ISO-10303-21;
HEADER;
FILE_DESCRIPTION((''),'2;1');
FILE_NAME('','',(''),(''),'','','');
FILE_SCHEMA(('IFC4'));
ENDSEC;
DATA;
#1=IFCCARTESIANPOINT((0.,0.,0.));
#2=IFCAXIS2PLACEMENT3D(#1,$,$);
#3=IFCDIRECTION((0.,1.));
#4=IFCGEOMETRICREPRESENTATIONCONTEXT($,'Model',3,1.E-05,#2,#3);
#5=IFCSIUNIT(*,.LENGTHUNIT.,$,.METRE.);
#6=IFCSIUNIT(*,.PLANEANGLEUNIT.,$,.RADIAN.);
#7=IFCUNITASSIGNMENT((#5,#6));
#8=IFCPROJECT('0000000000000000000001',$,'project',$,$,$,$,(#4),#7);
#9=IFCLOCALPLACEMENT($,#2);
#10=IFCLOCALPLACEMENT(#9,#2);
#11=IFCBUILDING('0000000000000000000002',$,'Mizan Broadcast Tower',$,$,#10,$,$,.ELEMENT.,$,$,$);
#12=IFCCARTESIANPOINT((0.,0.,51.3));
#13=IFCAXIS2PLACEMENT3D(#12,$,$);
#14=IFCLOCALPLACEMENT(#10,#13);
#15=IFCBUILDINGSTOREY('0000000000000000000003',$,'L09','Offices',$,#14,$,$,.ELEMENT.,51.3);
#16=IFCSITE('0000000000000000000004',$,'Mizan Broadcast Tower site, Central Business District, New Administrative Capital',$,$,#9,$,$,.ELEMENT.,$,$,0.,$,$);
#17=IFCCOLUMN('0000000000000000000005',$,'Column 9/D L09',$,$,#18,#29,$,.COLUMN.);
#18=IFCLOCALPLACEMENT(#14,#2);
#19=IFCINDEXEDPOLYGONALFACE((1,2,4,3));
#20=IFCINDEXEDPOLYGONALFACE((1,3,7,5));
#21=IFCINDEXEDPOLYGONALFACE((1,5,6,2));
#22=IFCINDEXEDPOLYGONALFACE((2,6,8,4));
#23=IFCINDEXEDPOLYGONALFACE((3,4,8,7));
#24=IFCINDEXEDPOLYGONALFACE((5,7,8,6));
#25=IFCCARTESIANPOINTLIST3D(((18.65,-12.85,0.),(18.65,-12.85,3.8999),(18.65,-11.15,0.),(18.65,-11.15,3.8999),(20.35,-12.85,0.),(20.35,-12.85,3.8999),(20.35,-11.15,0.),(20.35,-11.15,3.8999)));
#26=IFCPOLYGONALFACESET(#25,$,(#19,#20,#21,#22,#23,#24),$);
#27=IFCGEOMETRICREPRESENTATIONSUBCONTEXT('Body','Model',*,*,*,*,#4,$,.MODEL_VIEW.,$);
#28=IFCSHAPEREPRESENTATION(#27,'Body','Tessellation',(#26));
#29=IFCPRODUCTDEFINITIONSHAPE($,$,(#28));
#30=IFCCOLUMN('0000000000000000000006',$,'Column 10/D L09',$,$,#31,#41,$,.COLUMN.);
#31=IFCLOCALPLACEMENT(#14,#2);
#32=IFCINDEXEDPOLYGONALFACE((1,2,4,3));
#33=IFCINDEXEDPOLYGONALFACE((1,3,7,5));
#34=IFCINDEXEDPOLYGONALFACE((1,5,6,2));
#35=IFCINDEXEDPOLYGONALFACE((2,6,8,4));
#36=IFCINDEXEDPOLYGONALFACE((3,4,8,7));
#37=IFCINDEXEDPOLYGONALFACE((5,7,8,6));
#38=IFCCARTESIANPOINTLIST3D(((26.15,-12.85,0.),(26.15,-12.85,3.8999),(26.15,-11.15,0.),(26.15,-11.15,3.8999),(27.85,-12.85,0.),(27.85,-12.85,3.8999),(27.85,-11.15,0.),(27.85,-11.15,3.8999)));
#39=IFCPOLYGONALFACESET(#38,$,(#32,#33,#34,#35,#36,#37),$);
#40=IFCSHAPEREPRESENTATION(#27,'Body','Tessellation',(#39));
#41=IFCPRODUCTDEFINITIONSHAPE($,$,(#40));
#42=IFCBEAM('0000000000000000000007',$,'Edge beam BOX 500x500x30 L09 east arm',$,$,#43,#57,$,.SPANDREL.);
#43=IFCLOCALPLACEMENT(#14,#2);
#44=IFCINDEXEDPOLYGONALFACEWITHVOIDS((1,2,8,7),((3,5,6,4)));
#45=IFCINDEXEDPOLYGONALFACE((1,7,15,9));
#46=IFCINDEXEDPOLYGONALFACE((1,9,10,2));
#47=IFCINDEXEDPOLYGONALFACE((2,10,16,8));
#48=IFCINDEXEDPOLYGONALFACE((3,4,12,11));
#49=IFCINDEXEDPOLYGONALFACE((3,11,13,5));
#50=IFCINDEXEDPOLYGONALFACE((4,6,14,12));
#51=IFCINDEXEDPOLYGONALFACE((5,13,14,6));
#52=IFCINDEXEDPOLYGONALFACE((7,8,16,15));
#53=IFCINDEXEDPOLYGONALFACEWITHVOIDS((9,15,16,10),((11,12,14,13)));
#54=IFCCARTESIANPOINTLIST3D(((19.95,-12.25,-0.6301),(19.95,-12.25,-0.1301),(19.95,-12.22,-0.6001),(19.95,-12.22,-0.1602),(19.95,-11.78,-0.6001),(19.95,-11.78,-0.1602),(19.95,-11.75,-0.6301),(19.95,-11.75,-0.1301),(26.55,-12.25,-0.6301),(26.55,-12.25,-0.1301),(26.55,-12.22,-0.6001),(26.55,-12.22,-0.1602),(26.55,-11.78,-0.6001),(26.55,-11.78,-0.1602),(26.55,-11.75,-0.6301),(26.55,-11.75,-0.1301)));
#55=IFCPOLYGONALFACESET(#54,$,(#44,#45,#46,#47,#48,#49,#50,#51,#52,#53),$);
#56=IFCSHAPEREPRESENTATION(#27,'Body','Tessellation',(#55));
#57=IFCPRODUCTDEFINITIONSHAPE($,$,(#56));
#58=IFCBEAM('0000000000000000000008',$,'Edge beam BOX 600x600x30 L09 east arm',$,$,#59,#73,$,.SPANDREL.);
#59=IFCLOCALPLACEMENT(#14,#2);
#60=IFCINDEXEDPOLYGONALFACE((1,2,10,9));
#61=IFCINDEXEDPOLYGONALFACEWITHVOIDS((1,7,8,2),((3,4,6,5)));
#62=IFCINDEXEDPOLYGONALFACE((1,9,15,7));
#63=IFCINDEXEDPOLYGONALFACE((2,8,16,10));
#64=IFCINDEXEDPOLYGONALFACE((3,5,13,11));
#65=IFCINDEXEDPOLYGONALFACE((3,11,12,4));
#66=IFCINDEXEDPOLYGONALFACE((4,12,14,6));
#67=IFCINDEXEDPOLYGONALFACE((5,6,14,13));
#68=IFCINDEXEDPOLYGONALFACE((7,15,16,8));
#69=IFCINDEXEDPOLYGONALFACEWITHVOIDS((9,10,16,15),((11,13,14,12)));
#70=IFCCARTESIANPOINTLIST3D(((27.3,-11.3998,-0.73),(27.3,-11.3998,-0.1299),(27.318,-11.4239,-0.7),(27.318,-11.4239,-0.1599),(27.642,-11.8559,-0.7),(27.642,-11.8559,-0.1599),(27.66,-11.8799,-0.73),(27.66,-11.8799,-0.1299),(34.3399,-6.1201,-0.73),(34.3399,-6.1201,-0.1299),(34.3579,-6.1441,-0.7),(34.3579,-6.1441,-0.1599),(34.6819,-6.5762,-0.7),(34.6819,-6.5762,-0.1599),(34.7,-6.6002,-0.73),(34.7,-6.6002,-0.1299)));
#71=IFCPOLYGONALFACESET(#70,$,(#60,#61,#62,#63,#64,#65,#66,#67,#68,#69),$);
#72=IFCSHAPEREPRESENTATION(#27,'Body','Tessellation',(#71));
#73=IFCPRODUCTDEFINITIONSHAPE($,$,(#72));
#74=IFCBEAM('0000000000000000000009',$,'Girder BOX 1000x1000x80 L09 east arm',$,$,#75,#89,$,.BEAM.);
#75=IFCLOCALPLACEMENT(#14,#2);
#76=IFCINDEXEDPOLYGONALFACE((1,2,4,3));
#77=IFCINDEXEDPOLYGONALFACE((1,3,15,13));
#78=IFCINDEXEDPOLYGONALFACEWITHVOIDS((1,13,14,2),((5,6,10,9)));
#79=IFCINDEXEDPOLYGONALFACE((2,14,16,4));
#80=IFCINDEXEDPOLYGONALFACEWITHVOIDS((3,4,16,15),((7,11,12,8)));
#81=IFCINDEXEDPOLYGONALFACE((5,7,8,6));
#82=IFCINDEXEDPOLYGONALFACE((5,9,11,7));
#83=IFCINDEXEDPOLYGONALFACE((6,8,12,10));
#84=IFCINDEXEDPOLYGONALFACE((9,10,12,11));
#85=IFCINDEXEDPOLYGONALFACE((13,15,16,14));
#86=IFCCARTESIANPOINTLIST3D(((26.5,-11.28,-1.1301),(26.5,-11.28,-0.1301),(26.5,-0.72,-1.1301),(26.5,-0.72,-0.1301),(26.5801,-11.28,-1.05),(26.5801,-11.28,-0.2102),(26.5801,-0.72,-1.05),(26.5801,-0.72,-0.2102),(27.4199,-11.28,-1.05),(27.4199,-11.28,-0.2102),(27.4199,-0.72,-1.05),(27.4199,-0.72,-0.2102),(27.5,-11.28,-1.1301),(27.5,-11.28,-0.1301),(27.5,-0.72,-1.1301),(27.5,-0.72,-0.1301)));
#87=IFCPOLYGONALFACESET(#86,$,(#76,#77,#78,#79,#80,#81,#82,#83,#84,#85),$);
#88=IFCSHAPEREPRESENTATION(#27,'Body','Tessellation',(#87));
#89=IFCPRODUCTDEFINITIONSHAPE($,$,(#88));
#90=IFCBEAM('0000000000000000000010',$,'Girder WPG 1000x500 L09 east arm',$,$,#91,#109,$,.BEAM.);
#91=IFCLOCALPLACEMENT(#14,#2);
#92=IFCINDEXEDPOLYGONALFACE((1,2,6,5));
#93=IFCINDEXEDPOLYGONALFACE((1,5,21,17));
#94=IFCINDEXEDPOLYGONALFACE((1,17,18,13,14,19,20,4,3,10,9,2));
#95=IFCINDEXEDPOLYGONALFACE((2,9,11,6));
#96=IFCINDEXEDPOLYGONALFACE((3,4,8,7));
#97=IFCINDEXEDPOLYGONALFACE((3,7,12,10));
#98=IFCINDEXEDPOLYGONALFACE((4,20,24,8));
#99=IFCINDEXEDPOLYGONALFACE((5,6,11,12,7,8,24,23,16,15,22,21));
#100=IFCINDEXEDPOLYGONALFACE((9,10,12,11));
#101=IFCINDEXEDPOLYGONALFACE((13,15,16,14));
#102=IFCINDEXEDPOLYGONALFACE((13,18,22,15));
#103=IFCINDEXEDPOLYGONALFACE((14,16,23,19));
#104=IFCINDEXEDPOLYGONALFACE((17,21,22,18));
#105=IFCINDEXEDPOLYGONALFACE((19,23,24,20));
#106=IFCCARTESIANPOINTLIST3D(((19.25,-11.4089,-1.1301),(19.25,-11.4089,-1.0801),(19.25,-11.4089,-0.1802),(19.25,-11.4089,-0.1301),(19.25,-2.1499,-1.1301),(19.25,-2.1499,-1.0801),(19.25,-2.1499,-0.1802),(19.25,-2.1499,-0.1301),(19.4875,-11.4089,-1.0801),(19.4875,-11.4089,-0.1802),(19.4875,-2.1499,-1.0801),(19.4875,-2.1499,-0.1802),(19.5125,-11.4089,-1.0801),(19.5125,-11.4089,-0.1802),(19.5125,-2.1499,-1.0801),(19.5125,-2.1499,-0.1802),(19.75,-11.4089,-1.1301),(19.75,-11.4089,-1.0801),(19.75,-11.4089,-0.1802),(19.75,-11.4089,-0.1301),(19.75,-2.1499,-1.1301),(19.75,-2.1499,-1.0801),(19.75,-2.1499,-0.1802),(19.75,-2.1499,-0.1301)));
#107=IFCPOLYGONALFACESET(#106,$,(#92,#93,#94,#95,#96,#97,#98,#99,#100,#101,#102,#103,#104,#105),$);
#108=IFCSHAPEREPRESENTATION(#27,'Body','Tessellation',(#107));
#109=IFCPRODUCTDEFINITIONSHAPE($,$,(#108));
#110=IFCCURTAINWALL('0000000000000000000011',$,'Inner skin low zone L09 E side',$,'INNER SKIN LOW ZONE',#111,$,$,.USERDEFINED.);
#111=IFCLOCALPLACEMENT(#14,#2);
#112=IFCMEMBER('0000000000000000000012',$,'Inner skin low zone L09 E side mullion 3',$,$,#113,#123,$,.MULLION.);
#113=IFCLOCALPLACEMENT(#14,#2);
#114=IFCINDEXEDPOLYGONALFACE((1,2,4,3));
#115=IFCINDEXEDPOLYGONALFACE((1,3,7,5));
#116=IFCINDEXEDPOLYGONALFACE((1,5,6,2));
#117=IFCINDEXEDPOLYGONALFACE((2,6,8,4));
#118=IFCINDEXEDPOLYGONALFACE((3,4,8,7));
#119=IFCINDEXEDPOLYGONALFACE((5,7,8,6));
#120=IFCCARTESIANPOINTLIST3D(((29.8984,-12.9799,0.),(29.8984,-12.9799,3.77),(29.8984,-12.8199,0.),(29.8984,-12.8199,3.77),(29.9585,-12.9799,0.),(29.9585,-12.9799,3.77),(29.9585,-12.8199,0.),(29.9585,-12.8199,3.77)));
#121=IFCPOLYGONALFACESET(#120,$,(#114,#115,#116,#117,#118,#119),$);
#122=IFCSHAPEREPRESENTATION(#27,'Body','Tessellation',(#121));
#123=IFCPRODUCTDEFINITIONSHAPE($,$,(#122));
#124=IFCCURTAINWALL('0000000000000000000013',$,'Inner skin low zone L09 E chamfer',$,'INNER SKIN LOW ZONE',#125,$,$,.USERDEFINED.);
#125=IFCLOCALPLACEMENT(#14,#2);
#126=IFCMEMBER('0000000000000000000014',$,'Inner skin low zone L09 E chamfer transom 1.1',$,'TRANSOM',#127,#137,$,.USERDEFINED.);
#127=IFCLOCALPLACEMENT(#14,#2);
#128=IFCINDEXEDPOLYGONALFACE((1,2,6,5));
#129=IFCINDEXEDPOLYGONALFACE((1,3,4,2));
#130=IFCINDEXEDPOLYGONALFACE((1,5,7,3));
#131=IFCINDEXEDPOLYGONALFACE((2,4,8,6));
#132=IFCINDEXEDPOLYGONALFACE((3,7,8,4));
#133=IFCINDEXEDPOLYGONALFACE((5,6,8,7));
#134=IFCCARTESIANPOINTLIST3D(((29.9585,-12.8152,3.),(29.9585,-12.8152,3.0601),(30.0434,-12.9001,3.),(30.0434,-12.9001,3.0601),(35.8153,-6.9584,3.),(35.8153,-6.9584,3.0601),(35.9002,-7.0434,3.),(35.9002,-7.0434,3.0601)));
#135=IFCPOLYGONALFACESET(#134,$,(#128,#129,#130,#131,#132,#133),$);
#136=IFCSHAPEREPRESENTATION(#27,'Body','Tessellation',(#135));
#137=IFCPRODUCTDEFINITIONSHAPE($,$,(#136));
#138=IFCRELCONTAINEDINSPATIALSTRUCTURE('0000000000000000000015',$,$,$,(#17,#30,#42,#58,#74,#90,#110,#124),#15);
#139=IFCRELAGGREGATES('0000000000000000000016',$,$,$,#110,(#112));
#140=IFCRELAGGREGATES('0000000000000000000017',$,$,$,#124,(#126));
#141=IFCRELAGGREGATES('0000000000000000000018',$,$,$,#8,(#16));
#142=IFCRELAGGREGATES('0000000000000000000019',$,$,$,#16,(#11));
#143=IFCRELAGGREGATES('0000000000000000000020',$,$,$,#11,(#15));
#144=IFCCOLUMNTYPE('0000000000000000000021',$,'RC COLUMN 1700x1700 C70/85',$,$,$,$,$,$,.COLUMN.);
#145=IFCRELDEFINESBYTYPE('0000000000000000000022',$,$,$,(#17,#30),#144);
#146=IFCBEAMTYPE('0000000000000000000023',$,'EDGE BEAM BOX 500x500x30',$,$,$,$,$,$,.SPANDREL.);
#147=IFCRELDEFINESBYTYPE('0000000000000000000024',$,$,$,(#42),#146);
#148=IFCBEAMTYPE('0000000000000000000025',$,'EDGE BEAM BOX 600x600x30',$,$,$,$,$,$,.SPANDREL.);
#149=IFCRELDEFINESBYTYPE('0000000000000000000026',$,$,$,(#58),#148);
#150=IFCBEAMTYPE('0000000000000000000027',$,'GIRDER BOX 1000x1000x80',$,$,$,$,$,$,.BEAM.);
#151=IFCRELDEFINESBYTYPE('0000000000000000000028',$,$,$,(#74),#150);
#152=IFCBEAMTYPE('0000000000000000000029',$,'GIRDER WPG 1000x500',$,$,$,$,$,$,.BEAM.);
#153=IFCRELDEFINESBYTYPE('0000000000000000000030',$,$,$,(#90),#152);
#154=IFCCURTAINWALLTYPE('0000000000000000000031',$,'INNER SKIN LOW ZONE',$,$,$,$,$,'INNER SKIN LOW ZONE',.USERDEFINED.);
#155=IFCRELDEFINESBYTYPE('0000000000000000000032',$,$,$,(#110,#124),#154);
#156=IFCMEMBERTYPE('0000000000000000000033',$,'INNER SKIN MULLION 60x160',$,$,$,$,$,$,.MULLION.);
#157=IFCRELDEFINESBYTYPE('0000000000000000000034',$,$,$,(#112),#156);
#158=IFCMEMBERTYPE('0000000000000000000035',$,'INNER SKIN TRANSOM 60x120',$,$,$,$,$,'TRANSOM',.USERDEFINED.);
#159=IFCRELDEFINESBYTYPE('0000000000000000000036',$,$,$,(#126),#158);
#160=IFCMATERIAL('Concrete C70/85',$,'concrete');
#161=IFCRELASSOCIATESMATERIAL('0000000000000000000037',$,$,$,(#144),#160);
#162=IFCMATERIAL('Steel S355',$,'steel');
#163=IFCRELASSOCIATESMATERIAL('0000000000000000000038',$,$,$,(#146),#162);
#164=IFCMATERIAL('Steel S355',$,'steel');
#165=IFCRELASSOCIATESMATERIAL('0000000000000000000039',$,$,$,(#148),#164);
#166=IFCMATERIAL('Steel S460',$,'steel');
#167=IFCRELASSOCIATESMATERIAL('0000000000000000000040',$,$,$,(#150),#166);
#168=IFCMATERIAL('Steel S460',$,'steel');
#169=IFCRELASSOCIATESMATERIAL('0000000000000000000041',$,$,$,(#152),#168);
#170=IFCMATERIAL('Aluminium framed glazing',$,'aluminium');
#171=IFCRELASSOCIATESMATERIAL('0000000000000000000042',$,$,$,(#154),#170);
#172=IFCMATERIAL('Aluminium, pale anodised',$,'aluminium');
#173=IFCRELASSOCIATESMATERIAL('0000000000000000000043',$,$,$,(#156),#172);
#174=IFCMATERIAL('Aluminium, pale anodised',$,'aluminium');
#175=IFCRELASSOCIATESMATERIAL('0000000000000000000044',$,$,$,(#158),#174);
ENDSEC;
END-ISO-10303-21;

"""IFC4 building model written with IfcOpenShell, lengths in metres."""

from ifc_helpers import new_model, si_unit, direction, frame, origin, origin_2d, place, context, subcontext, project, spatial, rectangle, hollow_rectangle, i_section, extrude, material, material_profile, profile_set, type_object, element, aggregate, save


model = new_model("IFC4")

# Units and contexts
model_context = context("Model", 3, precision=1e-05, world=origin(), true_north=direction((0.0, 1.0)))
body_context = subcontext(model_context, "Body", "Model", "MODEL_VIEW")
ifc_project = project(units=[si_unit("LENGTHUNIT", "METRE"), si_unit("PLANEANGLEUNIT", "RADIAN")], contexts=[model_context])

# Site, building, storey
site_placement = place(None, origin())
site = spatial("IfcSite", under=ifc_project, at=site_placement, Name="Mizan Broadcast Tower site, Central Business District, New Administrative Capital", CompositionType="ELEMENT", RefElevation=0.0)
building_placement = place(site_placement, origin())
building = spatial("IfcBuilding", under=site, at=building_placement, Name="Mizan Broadcast Tower", CompositionType="ELEMENT")
storey_placement = place(building_placement, frame((0.0, 0.0, 51.3)))
storey = spatial("IfcBuildingStorey", under=building, at=storey_placement, Name="L09", Description="Offices", CompositionType="ELEMENT", Elevation=51.3)

# Columns
ifc_material_1 = material(Name="Concrete C70/85", Category="concrete")
ifc_material_profile_1 = material_profile(ifc_material_1, rectangle(XDim=1.7, YDim=1.7, at=origin_2d()), Name="RC 1700x1700")
ifc_profile_set_1 = profile_set([ifc_material_profile_1], Name="Concrete C70/85")
column_type = type_object("IfcColumnType", Name="RC COLUMN 1700x1700 C70/85", PredefinedType="COLUMN", material=ifc_profile_set_1)
for number, where, z_axis, x_axis, name in (
    (1, (19.5, -12.0, 0.0), (0.0, 0.0, 1.0), (1.0, 0.0, 0.0), "Column 9/D L09"),
    (2, (27.0, -12.0, 0.0), (0.0, 0.0, 1.0), (1.0, 0.0, 0.0), "Column 10/D L09"),
):
    element("IfcColumn", number, at=place(storey_placement, frame(where, z_axis=z_axis, x_axis=x_axis)), inside=storey, type_object=column_type, Name=name, PredefinedType="COLUMN", context=body_context, shape_type="SweptSolid", body=[
        extrude(rectangle(XDim=1.7, YDim=1.7, at=origin_2d()), origin(), (0.0, 0.0, 1.0), 3.8999),
    ])

# Beams
ifc_material_2 = material(Name="Steel S355", Category="steel")
ifc_material_profile_2 = material_profile(ifc_material_2, hollow_rectangle(XDim=0.5, YDim=0.5, WallThickness=0.03, at=origin_2d()), Name="BOX 500x500x30")
ifc_profile_set_2 = profile_set([ifc_material_profile_2], Name="Steel S355")
beam_type_1 = type_object("IfcBeamType", Name="EDGE BEAM BOX 500x500x30", PredefinedType="SPANDREL", material=ifc_profile_set_2)
beam_1_placement = place(storey_placement, frame((19.95, -12.0, -0.3801), z_axis=(1.0, 0.0, 0.0), x_axis=(0.0, 1.0, 0.0)))
element("IfcBeam", 3, at=beam_1_placement, inside=storey, type_object=beam_type_1, Name="Edge beam BOX 500x500x30 L09 east arm", PredefinedType="SPANDREL", context=body_context, shape_type="SweptSolid", body=[
    extrude(hollow_rectangle(XDim=0.5, YDim=0.5, WallThickness=0.03, at=origin_2d()), origin(), (0.0, 0.0, 1.0), 6.6001),
])
ifc_material_3 = material(Name="Steel S355", Category="steel")
ifc_material_profile_3 = material_profile(ifc_material_3, hollow_rectangle(XDim=0.6001, YDim=0.6001, WallThickness=0.03, at=origin_2d()), Name="BOX 600x600x30")
ifc_profile_set_3 = profile_set([ifc_material_profile_3], Name="Steel S355")
beam_type_2 = type_object("IfcBeamType", Name="EDGE BEAM BOX 600x600x30", PredefinedType="SPANDREL", material=ifc_profile_set_3)
beam_2_placement = place(storey_placement, frame((27.48, -11.6399, -0.4299), z_axis=(0.800013, 0.599982, 0.0), x_axis=(-0.599982, 0.800013, 0.0)))
element("IfcBeam", 4, at=beam_2_placement, inside=storey, type_object=beam_type_2, Name="Edge beam BOX 600x600x30 L09 east arm", PredefinedType="SPANDREL", context=body_context, shape_type="SweptSolid", body=[
    extrude(hollow_rectangle(XDim=0.6001, YDim=0.6001, WallThickness=0.03, at=origin_2d()), origin(), (0.0, 0.0, 1.0), 8.7998),
])
ifc_material_4 = material(Name="Steel S460", Category="steel")
ifc_material_profile_4 = material_profile(ifc_material_4, hollow_rectangle(XDim=1.0, YDim=1.0, WallThickness=0.0801, at=origin_2d()), Name="BOX 1000x1000x80")
ifc_profile_set_4 = profile_set([ifc_material_profile_4], Name="Steel S460")
beam_type_3 = type_object("IfcBeamType", Name="GIRDER BOX 1000x1000x80", PredefinedType="BEAM", material=ifc_profile_set_4)
beam_3_placement = place(storey_placement, frame((27.0, -11.28, -0.6301), z_axis=(0.0, 1.0, 0.0), x_axis=(-1.0, 0.0, 0.0)))
element("IfcBeam", 5, at=beam_3_placement, inside=storey, type_object=beam_type_3, Name="Girder BOX 1000x1000x80 L09 east arm", PredefinedType="BEAM", context=body_context, shape_type="SweptSolid", body=[
    extrude(hollow_rectangle(XDim=1.0, YDim=1.0, WallThickness=0.0801, at=origin_2d()), origin(), (0.0, 0.0, 1.0), 10.5601),
])
ifc_material_5 = material(Name="Steel S460", Category="steel")
ifc_material_profile_5 = material_profile(ifc_material_5, i_section(OverallWidth=0.5, OverallDepth=1.0, WebThickness=0.0249, FlangeThickness=0.05, at=origin_2d()), Name="WPG 1000x500")
ifc_profile_set_5 = profile_set([ifc_material_profile_5], Name="Steel S460")
beam_type_4 = type_object("IfcBeamType", Name="GIRDER WPG 1000x500", PredefinedType="BEAM", material=ifc_profile_set_5)
beam_4_placement = place(storey_placement, frame((19.5, -11.4089, -0.6301), z_axis=(0.0, 1.0, 0.0), x_axis=(-1.0, 0.0, 0.0)))
element("IfcBeam", 6, at=beam_4_placement, inside=storey, type_object=beam_type_4, Name="Girder WPG 1000x500 L09 east arm", PredefinedType="BEAM", context=body_context, shape_type="SweptSolid", body=[
    extrude(i_section(OverallWidth=0.5, OverallDepth=1.0, WebThickness=0.0249, FlangeThickness=0.05, at=origin_2d()), origin(), (0.0, 0.0, 1.0), 9.259),
])

# Curtain walls, members
ifc_material_6 = material(Name="Aluminium framed glazing", Category="aluminium")
curtain_wall_type = type_object("IfcCurtainWallType", Name="INNER SKIN LOW ZONE", ElementType="INNER SKIN LOW ZONE", PredefinedType="USERDEFINED", material=ifc_material_6)
curtain_wall_1_placement = place(storey_placement, origin())
curtain_wall_1 = element("IfcCurtainWall", 7, at=curtain_wall_1_placement, inside=storey, type_object=curtain_wall_type, Name="Inner skin low zone L09 E side", ObjectType="INNER SKIN LOW ZONE", PredefinedType="USERDEFINED")
ifc_material_7 = material(Name="Aluminium, pale anodised", Category="aluminium")
ifc_material_profile_6 = material_profile(ifc_material_7, rectangle(XDim=0.1599, YDim=0.0601, at=origin_2d()), Name="MULLION 160x60")
ifc_profile_set_6 = profile_set([ifc_material_profile_6], Name="Aluminium, pale anodised")
member_type_1 = type_object("IfcMemberType", Name="INNER SKIN MULLION 60x160", PredefinedType="MULLION", material=ifc_profile_set_6)
member_1_placement = place(storey_placement, frame((29.9285, -12.8999, 0.0), z_axis=(0.0, 0.0, 1.0), x_axis=(0.0, 1.0, 0.0)))
member_1 = element("IfcMember", 8, at=member_1_placement, type_object=member_type_1, Name="Inner skin low zone L09 E side mullion 3", PredefinedType="MULLION", context=body_context, shape_type="SweptSolid", body=[
    extrude(rectangle(XDim=0.1599, YDim=0.0601, at=origin_2d()), origin(), (0.0, 0.0, 1.0), 3.77),
])
aggregate(curtain_wall_1, [member_1])
curtain_wall_2_placement = place(storey_placement, origin())
curtain_wall_2 = element("IfcCurtainWall", 9, at=curtain_wall_2_placement, inside=storey, type_object=curtain_wall_type, Name="Inner skin low zone L09 E chamfer", ObjectType="INNER SKIN LOW ZONE", PredefinedType="USERDEFINED")
ifc_material_8 = material(Name="Aluminium, pale anodised", Category="aluminium")
ifc_material_profile_7 = material_profile(ifc_material_8, rectangle(XDim=0.1201, YDim=0.0601, at=origin_2d()), Name="TRANSOM 120x60")
ifc_profile_set_7 = profile_set([ifc_material_profile_7], Name="Aluminium, pale anodised")
member_type_2 = type_object("IfcMemberType", Name="INNER SKIN TRANSOM 60x120", ElementType="TRANSOM", PredefinedType="USERDEFINED", material=ifc_profile_set_7)
member_2_placement = place(storey_placement, frame((30.001, -12.8577, 3.03), z_axis=(0.707107, 0.707107, 0.0), x_axis=(-0.707107, 0.707107, 0.0)))
member_2 = element("IfcMember", 10, at=member_2_placement, type_object=member_type_2, Name="Inner skin low zone L09 E chamfer transom 1.1", ObjectType="TRANSOM", PredefinedType="USERDEFINED", context=body_context, shape_type="SweptSolid", body=[
    extrude(rectangle(XDim=0.1201, YDim=0.0601, at=origin_2d()), origin(), (0.0, 0.0, 1.0), 8.2827),
])
aggregate(curtain_wall_2, [member_2])

save(model, "model.ifc")
